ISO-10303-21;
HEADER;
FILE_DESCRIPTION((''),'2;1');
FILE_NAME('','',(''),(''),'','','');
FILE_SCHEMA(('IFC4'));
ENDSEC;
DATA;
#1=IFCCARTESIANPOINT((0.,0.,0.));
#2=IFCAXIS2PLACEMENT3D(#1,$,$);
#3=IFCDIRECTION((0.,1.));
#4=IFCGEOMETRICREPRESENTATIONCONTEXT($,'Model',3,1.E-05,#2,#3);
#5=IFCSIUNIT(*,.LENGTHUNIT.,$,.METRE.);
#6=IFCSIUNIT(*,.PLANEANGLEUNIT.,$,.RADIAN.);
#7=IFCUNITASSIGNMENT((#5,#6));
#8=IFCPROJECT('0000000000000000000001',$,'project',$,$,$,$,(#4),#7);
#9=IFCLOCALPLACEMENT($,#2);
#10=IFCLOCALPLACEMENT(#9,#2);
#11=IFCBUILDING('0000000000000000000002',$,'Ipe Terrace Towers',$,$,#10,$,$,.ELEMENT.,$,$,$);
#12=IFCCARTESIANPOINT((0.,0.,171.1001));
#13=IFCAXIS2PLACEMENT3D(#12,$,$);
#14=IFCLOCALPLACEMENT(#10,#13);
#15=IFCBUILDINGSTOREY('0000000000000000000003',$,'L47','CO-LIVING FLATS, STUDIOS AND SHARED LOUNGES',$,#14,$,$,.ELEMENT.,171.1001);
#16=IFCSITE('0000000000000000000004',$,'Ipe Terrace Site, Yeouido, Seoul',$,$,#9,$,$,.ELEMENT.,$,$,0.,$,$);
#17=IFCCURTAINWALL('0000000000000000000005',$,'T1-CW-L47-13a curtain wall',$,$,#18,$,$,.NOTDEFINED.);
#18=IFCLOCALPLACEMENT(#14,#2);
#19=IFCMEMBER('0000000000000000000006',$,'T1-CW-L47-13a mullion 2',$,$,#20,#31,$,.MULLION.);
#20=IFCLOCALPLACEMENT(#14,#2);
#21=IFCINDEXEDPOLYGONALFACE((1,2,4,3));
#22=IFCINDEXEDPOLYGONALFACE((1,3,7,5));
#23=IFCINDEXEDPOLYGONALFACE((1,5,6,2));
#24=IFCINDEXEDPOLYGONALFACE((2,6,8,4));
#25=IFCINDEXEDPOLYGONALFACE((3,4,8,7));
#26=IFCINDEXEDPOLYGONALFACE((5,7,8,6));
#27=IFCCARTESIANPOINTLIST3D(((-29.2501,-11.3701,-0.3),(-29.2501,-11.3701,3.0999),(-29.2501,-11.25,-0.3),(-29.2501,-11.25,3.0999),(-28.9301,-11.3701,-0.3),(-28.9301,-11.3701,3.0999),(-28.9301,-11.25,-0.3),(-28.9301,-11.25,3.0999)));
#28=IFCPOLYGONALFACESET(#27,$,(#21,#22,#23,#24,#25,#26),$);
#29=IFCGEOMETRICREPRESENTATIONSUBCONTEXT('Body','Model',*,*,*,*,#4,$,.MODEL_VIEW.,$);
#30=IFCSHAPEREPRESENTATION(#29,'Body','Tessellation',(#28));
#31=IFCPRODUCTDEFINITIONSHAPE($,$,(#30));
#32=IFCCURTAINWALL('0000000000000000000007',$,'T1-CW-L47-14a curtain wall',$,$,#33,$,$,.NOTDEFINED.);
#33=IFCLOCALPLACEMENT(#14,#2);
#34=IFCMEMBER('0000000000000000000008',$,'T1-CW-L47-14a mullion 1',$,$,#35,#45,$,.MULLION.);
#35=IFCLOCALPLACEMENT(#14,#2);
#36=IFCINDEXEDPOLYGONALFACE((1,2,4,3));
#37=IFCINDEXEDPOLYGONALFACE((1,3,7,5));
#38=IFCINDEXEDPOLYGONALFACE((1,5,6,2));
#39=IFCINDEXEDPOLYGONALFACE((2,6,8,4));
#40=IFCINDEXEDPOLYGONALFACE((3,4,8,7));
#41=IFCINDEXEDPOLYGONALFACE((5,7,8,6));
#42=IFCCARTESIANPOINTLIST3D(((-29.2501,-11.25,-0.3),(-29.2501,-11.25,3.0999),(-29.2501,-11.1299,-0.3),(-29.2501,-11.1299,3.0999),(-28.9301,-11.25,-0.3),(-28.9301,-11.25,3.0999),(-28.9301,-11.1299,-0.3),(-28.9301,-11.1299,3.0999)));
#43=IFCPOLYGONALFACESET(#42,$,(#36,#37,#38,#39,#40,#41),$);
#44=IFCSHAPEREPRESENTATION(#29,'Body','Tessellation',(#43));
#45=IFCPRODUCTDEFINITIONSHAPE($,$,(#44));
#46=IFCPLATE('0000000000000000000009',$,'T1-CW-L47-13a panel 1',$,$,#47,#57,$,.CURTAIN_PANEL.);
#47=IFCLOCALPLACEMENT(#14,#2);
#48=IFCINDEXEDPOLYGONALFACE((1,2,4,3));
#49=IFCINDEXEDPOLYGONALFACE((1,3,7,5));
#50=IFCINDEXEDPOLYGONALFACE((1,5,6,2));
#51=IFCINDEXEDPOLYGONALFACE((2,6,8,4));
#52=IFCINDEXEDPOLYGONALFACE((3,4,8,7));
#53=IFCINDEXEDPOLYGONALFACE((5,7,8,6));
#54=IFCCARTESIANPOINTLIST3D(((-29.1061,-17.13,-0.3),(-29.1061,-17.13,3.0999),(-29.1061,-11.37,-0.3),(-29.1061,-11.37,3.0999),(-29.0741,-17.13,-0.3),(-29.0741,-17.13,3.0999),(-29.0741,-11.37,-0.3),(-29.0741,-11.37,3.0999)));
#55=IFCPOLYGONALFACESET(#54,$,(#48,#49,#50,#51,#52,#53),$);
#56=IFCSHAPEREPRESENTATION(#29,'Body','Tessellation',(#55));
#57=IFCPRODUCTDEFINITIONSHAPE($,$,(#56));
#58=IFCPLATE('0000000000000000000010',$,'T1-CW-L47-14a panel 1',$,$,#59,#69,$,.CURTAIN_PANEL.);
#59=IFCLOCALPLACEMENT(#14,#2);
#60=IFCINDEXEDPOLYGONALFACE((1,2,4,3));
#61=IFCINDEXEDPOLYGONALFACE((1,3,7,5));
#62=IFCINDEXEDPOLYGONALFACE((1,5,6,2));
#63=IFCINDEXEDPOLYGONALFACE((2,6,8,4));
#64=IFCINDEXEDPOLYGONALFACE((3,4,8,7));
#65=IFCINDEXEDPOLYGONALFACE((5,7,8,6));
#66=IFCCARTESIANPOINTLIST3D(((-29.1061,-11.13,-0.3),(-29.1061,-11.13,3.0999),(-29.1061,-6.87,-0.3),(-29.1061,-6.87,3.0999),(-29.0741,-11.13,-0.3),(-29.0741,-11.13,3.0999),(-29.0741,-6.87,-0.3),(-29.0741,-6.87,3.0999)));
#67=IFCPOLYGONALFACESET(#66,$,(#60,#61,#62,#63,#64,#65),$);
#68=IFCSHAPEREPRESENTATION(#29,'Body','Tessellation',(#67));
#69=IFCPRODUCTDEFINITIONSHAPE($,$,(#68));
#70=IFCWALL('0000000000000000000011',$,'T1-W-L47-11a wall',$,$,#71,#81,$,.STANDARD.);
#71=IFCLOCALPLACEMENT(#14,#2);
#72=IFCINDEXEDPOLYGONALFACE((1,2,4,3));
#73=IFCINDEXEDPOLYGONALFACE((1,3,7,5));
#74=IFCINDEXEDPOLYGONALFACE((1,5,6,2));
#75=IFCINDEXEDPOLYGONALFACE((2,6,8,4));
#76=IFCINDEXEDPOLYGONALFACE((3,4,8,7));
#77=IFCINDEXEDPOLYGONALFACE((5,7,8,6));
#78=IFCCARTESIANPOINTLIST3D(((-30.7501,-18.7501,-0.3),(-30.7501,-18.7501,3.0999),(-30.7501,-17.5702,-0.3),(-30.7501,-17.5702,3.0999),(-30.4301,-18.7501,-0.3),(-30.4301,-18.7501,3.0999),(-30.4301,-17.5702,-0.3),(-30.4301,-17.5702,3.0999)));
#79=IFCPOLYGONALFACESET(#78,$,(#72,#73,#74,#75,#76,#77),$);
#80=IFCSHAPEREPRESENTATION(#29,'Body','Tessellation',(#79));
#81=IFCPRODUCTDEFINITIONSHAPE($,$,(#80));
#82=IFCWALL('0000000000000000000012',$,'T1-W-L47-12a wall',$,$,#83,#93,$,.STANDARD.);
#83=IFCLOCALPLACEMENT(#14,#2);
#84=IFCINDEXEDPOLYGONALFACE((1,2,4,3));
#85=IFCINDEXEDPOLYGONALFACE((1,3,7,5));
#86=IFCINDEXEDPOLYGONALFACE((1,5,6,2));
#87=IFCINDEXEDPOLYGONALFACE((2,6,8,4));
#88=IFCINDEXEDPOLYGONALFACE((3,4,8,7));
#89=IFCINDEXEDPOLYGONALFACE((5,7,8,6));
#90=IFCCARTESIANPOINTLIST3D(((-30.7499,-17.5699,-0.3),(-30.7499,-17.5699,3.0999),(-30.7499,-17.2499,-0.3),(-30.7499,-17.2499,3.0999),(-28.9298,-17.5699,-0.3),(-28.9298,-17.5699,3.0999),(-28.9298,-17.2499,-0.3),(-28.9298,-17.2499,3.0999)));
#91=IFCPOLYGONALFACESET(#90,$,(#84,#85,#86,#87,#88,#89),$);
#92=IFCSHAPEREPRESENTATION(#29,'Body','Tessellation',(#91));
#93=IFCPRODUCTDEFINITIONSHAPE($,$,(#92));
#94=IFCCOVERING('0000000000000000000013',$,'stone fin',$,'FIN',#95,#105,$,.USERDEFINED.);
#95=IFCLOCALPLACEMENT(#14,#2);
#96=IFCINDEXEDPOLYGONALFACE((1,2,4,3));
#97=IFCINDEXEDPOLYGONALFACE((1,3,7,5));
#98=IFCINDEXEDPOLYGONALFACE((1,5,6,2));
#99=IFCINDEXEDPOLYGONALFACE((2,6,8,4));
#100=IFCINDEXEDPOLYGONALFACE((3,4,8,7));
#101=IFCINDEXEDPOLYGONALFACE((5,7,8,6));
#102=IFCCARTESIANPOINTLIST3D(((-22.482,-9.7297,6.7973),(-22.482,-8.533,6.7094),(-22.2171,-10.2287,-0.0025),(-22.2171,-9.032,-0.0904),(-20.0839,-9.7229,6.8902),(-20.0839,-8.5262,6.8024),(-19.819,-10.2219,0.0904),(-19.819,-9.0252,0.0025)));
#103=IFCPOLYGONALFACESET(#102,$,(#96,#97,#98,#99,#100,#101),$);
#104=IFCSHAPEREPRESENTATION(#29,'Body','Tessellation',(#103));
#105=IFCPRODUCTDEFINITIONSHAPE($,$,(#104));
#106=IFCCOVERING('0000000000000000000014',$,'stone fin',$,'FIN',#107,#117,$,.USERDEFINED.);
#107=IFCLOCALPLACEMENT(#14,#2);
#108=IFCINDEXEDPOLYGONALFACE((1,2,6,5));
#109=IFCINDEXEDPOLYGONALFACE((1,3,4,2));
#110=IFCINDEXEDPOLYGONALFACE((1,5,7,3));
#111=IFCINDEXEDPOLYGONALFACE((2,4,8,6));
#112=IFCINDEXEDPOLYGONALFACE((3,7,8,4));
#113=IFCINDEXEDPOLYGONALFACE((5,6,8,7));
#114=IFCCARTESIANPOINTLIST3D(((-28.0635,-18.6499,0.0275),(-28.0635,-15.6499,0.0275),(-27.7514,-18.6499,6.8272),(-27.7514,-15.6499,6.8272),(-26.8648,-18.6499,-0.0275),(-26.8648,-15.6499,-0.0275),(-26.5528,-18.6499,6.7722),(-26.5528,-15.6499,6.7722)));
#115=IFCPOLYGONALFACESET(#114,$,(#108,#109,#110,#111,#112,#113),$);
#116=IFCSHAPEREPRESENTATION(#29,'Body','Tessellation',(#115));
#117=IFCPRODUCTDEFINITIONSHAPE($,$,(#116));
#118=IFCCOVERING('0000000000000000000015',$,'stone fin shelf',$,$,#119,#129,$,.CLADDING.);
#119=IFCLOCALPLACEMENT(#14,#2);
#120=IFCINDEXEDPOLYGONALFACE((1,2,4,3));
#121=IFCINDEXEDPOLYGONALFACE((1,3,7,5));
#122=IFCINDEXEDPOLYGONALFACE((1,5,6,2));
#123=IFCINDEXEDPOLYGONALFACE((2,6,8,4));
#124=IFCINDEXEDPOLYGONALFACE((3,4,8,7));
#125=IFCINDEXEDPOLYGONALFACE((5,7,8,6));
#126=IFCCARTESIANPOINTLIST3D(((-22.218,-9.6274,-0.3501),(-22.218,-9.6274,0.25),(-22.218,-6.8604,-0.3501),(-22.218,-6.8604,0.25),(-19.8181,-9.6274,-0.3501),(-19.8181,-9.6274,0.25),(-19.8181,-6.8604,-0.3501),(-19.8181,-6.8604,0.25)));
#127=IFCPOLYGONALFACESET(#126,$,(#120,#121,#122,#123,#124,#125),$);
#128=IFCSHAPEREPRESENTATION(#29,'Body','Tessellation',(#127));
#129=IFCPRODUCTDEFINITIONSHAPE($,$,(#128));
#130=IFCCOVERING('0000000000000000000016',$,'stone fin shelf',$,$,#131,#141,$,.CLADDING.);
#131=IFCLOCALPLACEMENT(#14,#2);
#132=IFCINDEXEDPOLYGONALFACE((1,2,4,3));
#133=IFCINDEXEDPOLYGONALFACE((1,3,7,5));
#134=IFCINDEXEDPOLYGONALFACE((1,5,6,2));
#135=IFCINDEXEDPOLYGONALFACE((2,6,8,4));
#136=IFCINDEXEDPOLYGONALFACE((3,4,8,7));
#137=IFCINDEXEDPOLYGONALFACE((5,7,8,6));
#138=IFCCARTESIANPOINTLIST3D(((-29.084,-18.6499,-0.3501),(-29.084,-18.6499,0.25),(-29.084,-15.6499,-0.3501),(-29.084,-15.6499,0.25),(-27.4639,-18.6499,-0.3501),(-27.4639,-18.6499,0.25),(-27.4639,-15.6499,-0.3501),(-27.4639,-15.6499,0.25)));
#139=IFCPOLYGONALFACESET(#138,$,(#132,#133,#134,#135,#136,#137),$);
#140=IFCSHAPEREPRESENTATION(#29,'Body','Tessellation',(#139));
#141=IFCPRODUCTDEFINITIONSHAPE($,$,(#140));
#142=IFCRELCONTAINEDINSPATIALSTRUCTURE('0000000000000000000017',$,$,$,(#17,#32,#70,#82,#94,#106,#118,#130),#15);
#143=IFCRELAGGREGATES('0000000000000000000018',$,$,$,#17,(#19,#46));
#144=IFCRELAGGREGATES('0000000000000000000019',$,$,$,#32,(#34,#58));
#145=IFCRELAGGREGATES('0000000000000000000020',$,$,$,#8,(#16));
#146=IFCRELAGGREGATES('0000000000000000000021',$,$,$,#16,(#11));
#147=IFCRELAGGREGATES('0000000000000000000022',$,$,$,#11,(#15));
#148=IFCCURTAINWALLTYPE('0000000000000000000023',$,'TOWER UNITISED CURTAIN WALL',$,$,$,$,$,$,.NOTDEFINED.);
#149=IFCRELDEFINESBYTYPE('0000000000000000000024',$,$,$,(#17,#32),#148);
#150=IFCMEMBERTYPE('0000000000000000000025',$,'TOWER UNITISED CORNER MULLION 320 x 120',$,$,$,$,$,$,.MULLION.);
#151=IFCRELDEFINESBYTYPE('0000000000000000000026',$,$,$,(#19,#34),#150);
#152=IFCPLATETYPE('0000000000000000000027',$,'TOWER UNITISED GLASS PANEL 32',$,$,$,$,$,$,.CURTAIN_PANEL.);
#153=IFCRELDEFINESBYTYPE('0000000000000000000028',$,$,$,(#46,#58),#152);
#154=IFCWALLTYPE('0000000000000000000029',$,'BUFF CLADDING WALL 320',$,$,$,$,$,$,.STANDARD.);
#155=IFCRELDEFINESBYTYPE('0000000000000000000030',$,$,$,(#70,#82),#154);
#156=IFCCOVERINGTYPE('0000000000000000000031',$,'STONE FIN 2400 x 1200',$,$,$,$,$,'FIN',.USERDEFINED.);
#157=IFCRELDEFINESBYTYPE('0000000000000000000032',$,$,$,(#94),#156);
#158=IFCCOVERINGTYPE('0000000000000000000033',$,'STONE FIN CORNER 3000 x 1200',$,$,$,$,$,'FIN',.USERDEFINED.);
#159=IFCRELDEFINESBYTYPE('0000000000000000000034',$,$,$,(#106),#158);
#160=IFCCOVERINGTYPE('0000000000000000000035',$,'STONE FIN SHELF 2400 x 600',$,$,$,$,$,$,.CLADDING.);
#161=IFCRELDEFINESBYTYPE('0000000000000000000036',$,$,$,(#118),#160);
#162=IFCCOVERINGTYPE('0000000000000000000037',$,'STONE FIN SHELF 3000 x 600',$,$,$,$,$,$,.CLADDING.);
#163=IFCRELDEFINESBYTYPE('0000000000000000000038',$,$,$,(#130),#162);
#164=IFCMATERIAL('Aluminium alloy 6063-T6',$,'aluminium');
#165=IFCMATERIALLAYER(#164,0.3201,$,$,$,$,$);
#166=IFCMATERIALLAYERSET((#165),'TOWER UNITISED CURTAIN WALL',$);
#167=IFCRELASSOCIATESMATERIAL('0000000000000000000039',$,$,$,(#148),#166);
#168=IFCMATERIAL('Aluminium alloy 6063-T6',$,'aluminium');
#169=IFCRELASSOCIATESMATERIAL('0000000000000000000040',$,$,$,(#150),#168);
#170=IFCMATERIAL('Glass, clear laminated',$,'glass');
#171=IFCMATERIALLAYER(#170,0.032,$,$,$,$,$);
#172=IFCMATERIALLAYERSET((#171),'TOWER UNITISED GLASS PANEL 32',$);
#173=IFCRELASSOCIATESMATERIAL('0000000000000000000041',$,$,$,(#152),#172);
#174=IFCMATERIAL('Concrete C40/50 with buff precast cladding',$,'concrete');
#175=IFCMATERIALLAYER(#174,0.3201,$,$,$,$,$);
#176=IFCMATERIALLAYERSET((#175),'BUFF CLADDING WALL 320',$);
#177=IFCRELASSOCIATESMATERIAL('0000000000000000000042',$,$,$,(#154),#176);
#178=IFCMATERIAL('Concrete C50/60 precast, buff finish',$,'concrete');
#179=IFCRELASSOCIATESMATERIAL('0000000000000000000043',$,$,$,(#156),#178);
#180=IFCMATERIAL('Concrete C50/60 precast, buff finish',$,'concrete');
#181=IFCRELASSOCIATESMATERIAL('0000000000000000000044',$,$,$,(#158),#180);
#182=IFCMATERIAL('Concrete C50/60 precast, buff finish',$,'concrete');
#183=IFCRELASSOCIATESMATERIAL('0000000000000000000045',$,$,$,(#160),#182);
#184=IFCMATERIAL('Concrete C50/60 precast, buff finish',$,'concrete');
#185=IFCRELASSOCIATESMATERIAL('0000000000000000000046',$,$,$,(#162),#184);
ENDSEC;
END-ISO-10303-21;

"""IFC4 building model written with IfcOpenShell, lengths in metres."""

from ifc_helpers import new_model, si_unit, direction, frame, frame_2d, origin, origin_2d, place, context, subcontext, project, spatial, rectangle, extrude, material, layer, layer_set, material_profile, profile_set, type_object, element, aggregate, save


model = new_model("IFC4")

# Units and contexts
model_context = context("Model", 3, precision=1e-05, world=origin(), true_north=direction((0.0, 1.0)))
body_context = subcontext(model_context, "Body", "Model", "MODEL_VIEW")
ifc_project = project(units=[si_unit("LENGTHUNIT", "METRE"), si_unit("PLANEANGLEUNIT", "RADIAN")], contexts=[model_context])

# Site, building, storey
site_placement = place(None, origin())
site = spatial("IfcSite", under=ifc_project, at=site_placement, Name="Ipe Terrace Site, Yeouido, Seoul", CompositionType="ELEMENT", RefElevation=0.0)
building_placement = place(site_placement, origin())
building = spatial("IfcBuilding", under=site, at=building_placement, Name="Ipe Terrace Towers", CompositionType="ELEMENT")
storey_placement = place(building_placement, frame((0.0, 0.0, 171.1001)))
storey = spatial("IfcBuildingStorey", under=building, at=storey_placement, Name="L47", Description="CO-LIVING FLATS, STUDIOS AND SHARED LOUNGES", CompositionType="ELEMENT", Elevation=171.1001)

# Curtain wall, member
ifc_material_1 = material(Name="Aluminium alloy 6063-T6", Category="aluminium")
ifc_layer_1 = layer(ifc_material_1, 0.3201)
ifc_layer_set_1 = layer_set([ifc_layer_1], Name="TOWER UNITISED CURTAIN WALL")
curtain_wall_type = type_object("IfcCurtainWallType", Name="TOWER UNITISED CURTAIN WALL", PredefinedType="NOTDEFINED", material=ifc_layer_set_1)
curtain_wall_1_placement = place(storey_placement, origin())
curtain_wall_1 = element("IfcCurtainWall", 1, at=curtain_wall_1_placement, inside=storey, type_object=curtain_wall_type, Name="T1-CW-L47-13a curtain wall", PredefinedType="NOTDEFINED")
ifc_material_2 = material(Name="Aluminium alloy 6063-T6", Category="aluminium")
ifc_material_profile_1 = material_profile(ifc_material_2, rectangle(XDim=0.3201, YDim=0.1201, at=origin_2d()), Name="TOWER UNITISED CORNER MULLION 320 x 120")
ifc_profile_set_1 = profile_set([ifc_material_profile_1], Name="Aluminium alloy 6063-T6")
member_type = type_object("IfcMemberType", Name="TOWER UNITISED CORNER MULLION 320 x 120", PredefinedType="MULLION", material=ifc_profile_set_1)
member_1_placement = place(storey_placement, frame((-29.0901, -11.3101, -0.3), z_axis=(0.0, 0.0, 1.0), x_axis=(1.0, 0.0, 0.0)))
member_1 = element("IfcMember", 2, at=member_1_placement, type_object=member_type, Name="T1-CW-L47-13a mullion 2", PredefinedType="MULLION", context=body_context, shape_type="SweptSolid", body=[
    extrude(rectangle(XDim=0.3201, YDim=0.1201, at=origin_2d()), origin(), (0.0, 0.0, 1.0), 3.3999),
])

# Curtain wall, member
curtain_wall_2_placement = place(storey_placement, origin())
curtain_wall_2 = element("IfcCurtainWall", 3, at=curtain_wall_2_placement, inside=storey, type_object=curtain_wall_type, Name="T1-CW-L47-14a curtain wall", PredefinedType="NOTDEFINED")
member_2_placement = place(storey_placement, frame((-29.0901, -11.1899, -0.3), z_axis=(0.0, 0.0, 1.0), x_axis=(1.0, 0.0, 0.0)))
member_2 = element("IfcMember", 4, at=member_2_placement, type_object=member_type, Name="T1-CW-L47-14a mullion 1", PredefinedType="MULLION", context=body_context, shape_type="SweptSolid", body=[
    extrude(rectangle(XDim=0.3201, YDim=0.1201, at=origin_2d()), origin(), (0.0, 0.0, 1.0), 3.3999),
])

# Plates
ifc_material_3 = material(Name="Glass, clear laminated", Category="glass")
ifc_layer_2 = layer(ifc_material_3, 0.032)
ifc_layer_set_2 = layer_set([ifc_layer_2], Name="TOWER UNITISED GLASS PANEL 32")
plate_type = type_object("IfcPlateType", Name="TOWER UNITISED GLASS PANEL 32", PredefinedType="CURTAIN_PANEL", material=ifc_layer_set_2)
plate_1_placement = place(storey_placement, frame((-29.0901, -14.25, -0.3), z_axis=(0.0, 0.0, 1.0), x_axis=(0.0, 1.0, 0.0)))
plate_1 = element("IfcPlate", 5, at=plate_1_placement, type_object=plate_type, Name="T1-CW-L47-13a panel 1", PredefinedType="CURTAIN_PANEL", context=body_context, shape_type="SweptSolid", body=[
    extrude(rectangle(XDim=5.76, YDim=0.032, at=origin_2d()), origin(), (0.0, 0.0, 1.0), 3.3999),
])
aggregate(curtain_wall_1, [member_1, plate_1])
plate_2_placement = place(storey_placement, frame((-29.0901, -9.0, -0.3), z_axis=(0.0, 0.0, 1.0), x_axis=(0.0, 1.0, 0.0)))
plate_2 = element("IfcPlate", 6, at=plate_2_placement, type_object=plate_type, Name="T1-CW-L47-14a panel 1", PredefinedType="CURTAIN_PANEL", context=body_context, shape_type="SweptSolid", body=[
    extrude(rectangle(XDim=4.26, YDim=0.032, at=origin_2d()), origin(), (0.0, 0.0, 1.0), 3.3999),
])
aggregate(curtain_wall_2, [member_2, plate_2])

# Walls
ifc_material_4 = material(Name="Concrete C40/50 with buff precast cladding", Category="concrete")
ifc_layer_3 = layer(ifc_material_4, 0.3201)
ifc_layer_set_3 = layer_set([ifc_layer_3], Name="BUFF CLADDING WALL 320")
wall_type = type_object("IfcWallType", Name="BUFF CLADDING WALL 320", PredefinedType="STANDARD", material=ifc_layer_set_3)
wall_1_placement = place(storey_placement, frame((-30.5901, -18.75, -0.3), z_axis=(0.0, 0.0, 1.0), x_axis=(0.0, 1.0, 0.0)))
element("IfcWall", 7, at=wall_1_placement, inside=storey, type_object=wall_type, Name="T1-W-L47-11a wall", PredefinedType="STANDARD", context=body_context, shape_type="SweptSolid", body=[
    extrude(rectangle(XDim=1.1799, YDim=0.3201, at=frame_2d((0.5898, 0.0))), origin(), (0.0, 0.0, 1.0), 3.3999),
])
wall_2_placement = place(storey_placement, frame((-30.75, -17.4099, -0.3), z_axis=(0.0, 0.0, 1.0), x_axis=(1.0, 0.0, 0.0)))
element("IfcWall", 8, at=wall_2_placement, inside=storey, type_object=wall_type, Name="T1-W-L47-12a wall", PredefinedType="STANDARD", context=body_context, shape_type="SweptSolid", body=[
    extrude(rectangle(XDim=1.8201, YDim=0.3201, at=frame_2d((0.9102, 0.0))), origin(), (0.0, 0.0, 1.0), 3.3999),
])

# Coverings
ifc_material_5 = material(Name="Concrete C50/60 precast, buff finish", Category="concrete")
ifc_material_profile_2 = material_profile(ifc_material_5, rectangle(XDim=2.3999, YDim=1.2, at=origin_2d()), Name="STONE FIN 2400 x 1200")
ifc_profile_set_2 = profile_set([ifc_material_profile_2], Name="Concrete C50/60 precast, buff finish")
covering_type_1 = type_object("IfcCoveringType", Name="STONE FIN 2400 x 1200", ElementType="FIN", PredefinedType="USERDEFINED", material=ifc_profile_set_2)
covering_1_placement = place(storey_placement, frame((-21.0181, -9.627, 0.0), z_axis=(-0.038822, 0.073136, 0.996566), x_axis=(0.999246, 0.002841, 0.038718)))
element("IfcCovering", 9, at=covering_1_placement, inside=storey, type_object=covering_type_1, Name="stone fin", ObjectType="FIN", PredefinedType="USERDEFINED", context=body_context, shape_type="SweptSolid", body=[
    extrude(rectangle(XDim=2.3999, YDim=1.2, at=origin_2d()), origin(), (0.0, 0.0, 1.0), 6.8232),
])
ifc_material_6 = material(Name="Concrete C50/60 precast, buff finish", Category="concrete")
ifc_material_profile_3 = material_profile(ifc_material_6, rectangle(XDim=3.0, YDim=1.2, at=origin_2d()), Name="STONE FIN CORNER 3000 x 1200")
ifc_profile_set_3 = profile_set([ifc_material_profile_3], Name="Concrete C50/60 precast, buff finish")
covering_type_2 = type_object("IfcCoveringType", Name="STONE FIN CORNER 3000 x 1200", ElementType="FIN", PredefinedType="USERDEFINED", material=ifc_profile_set_3)
covering_2_placement = place(storey_placement, frame((-27.4641, -17.1499, 0.0), z_axis=(0.045837, 0.0, 0.998949), x_axis=(0.0, 1.0, 0.0)))
element("IfcCovering", 10, at=covering_2_placement, inside=storey, type_object=covering_type_2, Name="stone fin", ObjectType="FIN", PredefinedType="USERDEFINED", context=body_context, shape_type="SweptSolid", body=[
    extrude(rectangle(XDim=3.0, YDim=1.2, at=origin_2d()), origin(), (0.0, 0.0, 1.0), 6.8069),
])
ifc_material_7 = material(Name="Concrete C50/60 precast, buff finish", Category="concrete")
covering_type_3 = type_object("IfcCoveringType", Name="STONE FIN SHELF 2400 x 600", PredefinedType="CLADDING", material=ifc_material_7)
covering_3_placement = place(storey_placement, frame((-21.0181, -8.2439, -0.3501), z_axis=(0.0, 0.0, 1.0), x_axis=(1.0, 0.0, 0.0)))
element("IfcCovering", 11, at=covering_3_placement, inside=storey, type_object=covering_type_3, Name="stone fin shelf", PredefinedType="CLADDING", context=body_context, shape_type="SweptSolid", body=[
    extrude(rectangle(XDim=2.3999, YDim=2.7671, at=origin_2d()), origin(), (0.0, 0.0, 1.0), 0.6001),
])
ifc_material_8 = material(Name="Concrete C50/60 precast, buff finish", Category="concrete")
covering_type_4 = type_object("IfcCoveringType", Name="STONE FIN SHELF 3000 x 600", PredefinedType="CLADDING", material=ifc_material_8)
covering_4_placement = place(storey_placement, frame((-28.2739, -17.1499, -0.3501), z_axis=(0.0, 0.0, 1.0), x_axis=(0.0, 1.0, 0.0)))
element("IfcCovering", 12, at=covering_4_placement, inside=storey, type_object=covering_type_4, Name="stone fin shelf", PredefinedType="CLADDING", context=body_context, shape_type="SweptSolid", body=[
    extrude(rectangle(XDim=3.0, YDim=1.6201, at=origin_2d()), origin(), (0.0, 0.0, 1.0), 0.6001),
])

save(model, "model.ifc")
